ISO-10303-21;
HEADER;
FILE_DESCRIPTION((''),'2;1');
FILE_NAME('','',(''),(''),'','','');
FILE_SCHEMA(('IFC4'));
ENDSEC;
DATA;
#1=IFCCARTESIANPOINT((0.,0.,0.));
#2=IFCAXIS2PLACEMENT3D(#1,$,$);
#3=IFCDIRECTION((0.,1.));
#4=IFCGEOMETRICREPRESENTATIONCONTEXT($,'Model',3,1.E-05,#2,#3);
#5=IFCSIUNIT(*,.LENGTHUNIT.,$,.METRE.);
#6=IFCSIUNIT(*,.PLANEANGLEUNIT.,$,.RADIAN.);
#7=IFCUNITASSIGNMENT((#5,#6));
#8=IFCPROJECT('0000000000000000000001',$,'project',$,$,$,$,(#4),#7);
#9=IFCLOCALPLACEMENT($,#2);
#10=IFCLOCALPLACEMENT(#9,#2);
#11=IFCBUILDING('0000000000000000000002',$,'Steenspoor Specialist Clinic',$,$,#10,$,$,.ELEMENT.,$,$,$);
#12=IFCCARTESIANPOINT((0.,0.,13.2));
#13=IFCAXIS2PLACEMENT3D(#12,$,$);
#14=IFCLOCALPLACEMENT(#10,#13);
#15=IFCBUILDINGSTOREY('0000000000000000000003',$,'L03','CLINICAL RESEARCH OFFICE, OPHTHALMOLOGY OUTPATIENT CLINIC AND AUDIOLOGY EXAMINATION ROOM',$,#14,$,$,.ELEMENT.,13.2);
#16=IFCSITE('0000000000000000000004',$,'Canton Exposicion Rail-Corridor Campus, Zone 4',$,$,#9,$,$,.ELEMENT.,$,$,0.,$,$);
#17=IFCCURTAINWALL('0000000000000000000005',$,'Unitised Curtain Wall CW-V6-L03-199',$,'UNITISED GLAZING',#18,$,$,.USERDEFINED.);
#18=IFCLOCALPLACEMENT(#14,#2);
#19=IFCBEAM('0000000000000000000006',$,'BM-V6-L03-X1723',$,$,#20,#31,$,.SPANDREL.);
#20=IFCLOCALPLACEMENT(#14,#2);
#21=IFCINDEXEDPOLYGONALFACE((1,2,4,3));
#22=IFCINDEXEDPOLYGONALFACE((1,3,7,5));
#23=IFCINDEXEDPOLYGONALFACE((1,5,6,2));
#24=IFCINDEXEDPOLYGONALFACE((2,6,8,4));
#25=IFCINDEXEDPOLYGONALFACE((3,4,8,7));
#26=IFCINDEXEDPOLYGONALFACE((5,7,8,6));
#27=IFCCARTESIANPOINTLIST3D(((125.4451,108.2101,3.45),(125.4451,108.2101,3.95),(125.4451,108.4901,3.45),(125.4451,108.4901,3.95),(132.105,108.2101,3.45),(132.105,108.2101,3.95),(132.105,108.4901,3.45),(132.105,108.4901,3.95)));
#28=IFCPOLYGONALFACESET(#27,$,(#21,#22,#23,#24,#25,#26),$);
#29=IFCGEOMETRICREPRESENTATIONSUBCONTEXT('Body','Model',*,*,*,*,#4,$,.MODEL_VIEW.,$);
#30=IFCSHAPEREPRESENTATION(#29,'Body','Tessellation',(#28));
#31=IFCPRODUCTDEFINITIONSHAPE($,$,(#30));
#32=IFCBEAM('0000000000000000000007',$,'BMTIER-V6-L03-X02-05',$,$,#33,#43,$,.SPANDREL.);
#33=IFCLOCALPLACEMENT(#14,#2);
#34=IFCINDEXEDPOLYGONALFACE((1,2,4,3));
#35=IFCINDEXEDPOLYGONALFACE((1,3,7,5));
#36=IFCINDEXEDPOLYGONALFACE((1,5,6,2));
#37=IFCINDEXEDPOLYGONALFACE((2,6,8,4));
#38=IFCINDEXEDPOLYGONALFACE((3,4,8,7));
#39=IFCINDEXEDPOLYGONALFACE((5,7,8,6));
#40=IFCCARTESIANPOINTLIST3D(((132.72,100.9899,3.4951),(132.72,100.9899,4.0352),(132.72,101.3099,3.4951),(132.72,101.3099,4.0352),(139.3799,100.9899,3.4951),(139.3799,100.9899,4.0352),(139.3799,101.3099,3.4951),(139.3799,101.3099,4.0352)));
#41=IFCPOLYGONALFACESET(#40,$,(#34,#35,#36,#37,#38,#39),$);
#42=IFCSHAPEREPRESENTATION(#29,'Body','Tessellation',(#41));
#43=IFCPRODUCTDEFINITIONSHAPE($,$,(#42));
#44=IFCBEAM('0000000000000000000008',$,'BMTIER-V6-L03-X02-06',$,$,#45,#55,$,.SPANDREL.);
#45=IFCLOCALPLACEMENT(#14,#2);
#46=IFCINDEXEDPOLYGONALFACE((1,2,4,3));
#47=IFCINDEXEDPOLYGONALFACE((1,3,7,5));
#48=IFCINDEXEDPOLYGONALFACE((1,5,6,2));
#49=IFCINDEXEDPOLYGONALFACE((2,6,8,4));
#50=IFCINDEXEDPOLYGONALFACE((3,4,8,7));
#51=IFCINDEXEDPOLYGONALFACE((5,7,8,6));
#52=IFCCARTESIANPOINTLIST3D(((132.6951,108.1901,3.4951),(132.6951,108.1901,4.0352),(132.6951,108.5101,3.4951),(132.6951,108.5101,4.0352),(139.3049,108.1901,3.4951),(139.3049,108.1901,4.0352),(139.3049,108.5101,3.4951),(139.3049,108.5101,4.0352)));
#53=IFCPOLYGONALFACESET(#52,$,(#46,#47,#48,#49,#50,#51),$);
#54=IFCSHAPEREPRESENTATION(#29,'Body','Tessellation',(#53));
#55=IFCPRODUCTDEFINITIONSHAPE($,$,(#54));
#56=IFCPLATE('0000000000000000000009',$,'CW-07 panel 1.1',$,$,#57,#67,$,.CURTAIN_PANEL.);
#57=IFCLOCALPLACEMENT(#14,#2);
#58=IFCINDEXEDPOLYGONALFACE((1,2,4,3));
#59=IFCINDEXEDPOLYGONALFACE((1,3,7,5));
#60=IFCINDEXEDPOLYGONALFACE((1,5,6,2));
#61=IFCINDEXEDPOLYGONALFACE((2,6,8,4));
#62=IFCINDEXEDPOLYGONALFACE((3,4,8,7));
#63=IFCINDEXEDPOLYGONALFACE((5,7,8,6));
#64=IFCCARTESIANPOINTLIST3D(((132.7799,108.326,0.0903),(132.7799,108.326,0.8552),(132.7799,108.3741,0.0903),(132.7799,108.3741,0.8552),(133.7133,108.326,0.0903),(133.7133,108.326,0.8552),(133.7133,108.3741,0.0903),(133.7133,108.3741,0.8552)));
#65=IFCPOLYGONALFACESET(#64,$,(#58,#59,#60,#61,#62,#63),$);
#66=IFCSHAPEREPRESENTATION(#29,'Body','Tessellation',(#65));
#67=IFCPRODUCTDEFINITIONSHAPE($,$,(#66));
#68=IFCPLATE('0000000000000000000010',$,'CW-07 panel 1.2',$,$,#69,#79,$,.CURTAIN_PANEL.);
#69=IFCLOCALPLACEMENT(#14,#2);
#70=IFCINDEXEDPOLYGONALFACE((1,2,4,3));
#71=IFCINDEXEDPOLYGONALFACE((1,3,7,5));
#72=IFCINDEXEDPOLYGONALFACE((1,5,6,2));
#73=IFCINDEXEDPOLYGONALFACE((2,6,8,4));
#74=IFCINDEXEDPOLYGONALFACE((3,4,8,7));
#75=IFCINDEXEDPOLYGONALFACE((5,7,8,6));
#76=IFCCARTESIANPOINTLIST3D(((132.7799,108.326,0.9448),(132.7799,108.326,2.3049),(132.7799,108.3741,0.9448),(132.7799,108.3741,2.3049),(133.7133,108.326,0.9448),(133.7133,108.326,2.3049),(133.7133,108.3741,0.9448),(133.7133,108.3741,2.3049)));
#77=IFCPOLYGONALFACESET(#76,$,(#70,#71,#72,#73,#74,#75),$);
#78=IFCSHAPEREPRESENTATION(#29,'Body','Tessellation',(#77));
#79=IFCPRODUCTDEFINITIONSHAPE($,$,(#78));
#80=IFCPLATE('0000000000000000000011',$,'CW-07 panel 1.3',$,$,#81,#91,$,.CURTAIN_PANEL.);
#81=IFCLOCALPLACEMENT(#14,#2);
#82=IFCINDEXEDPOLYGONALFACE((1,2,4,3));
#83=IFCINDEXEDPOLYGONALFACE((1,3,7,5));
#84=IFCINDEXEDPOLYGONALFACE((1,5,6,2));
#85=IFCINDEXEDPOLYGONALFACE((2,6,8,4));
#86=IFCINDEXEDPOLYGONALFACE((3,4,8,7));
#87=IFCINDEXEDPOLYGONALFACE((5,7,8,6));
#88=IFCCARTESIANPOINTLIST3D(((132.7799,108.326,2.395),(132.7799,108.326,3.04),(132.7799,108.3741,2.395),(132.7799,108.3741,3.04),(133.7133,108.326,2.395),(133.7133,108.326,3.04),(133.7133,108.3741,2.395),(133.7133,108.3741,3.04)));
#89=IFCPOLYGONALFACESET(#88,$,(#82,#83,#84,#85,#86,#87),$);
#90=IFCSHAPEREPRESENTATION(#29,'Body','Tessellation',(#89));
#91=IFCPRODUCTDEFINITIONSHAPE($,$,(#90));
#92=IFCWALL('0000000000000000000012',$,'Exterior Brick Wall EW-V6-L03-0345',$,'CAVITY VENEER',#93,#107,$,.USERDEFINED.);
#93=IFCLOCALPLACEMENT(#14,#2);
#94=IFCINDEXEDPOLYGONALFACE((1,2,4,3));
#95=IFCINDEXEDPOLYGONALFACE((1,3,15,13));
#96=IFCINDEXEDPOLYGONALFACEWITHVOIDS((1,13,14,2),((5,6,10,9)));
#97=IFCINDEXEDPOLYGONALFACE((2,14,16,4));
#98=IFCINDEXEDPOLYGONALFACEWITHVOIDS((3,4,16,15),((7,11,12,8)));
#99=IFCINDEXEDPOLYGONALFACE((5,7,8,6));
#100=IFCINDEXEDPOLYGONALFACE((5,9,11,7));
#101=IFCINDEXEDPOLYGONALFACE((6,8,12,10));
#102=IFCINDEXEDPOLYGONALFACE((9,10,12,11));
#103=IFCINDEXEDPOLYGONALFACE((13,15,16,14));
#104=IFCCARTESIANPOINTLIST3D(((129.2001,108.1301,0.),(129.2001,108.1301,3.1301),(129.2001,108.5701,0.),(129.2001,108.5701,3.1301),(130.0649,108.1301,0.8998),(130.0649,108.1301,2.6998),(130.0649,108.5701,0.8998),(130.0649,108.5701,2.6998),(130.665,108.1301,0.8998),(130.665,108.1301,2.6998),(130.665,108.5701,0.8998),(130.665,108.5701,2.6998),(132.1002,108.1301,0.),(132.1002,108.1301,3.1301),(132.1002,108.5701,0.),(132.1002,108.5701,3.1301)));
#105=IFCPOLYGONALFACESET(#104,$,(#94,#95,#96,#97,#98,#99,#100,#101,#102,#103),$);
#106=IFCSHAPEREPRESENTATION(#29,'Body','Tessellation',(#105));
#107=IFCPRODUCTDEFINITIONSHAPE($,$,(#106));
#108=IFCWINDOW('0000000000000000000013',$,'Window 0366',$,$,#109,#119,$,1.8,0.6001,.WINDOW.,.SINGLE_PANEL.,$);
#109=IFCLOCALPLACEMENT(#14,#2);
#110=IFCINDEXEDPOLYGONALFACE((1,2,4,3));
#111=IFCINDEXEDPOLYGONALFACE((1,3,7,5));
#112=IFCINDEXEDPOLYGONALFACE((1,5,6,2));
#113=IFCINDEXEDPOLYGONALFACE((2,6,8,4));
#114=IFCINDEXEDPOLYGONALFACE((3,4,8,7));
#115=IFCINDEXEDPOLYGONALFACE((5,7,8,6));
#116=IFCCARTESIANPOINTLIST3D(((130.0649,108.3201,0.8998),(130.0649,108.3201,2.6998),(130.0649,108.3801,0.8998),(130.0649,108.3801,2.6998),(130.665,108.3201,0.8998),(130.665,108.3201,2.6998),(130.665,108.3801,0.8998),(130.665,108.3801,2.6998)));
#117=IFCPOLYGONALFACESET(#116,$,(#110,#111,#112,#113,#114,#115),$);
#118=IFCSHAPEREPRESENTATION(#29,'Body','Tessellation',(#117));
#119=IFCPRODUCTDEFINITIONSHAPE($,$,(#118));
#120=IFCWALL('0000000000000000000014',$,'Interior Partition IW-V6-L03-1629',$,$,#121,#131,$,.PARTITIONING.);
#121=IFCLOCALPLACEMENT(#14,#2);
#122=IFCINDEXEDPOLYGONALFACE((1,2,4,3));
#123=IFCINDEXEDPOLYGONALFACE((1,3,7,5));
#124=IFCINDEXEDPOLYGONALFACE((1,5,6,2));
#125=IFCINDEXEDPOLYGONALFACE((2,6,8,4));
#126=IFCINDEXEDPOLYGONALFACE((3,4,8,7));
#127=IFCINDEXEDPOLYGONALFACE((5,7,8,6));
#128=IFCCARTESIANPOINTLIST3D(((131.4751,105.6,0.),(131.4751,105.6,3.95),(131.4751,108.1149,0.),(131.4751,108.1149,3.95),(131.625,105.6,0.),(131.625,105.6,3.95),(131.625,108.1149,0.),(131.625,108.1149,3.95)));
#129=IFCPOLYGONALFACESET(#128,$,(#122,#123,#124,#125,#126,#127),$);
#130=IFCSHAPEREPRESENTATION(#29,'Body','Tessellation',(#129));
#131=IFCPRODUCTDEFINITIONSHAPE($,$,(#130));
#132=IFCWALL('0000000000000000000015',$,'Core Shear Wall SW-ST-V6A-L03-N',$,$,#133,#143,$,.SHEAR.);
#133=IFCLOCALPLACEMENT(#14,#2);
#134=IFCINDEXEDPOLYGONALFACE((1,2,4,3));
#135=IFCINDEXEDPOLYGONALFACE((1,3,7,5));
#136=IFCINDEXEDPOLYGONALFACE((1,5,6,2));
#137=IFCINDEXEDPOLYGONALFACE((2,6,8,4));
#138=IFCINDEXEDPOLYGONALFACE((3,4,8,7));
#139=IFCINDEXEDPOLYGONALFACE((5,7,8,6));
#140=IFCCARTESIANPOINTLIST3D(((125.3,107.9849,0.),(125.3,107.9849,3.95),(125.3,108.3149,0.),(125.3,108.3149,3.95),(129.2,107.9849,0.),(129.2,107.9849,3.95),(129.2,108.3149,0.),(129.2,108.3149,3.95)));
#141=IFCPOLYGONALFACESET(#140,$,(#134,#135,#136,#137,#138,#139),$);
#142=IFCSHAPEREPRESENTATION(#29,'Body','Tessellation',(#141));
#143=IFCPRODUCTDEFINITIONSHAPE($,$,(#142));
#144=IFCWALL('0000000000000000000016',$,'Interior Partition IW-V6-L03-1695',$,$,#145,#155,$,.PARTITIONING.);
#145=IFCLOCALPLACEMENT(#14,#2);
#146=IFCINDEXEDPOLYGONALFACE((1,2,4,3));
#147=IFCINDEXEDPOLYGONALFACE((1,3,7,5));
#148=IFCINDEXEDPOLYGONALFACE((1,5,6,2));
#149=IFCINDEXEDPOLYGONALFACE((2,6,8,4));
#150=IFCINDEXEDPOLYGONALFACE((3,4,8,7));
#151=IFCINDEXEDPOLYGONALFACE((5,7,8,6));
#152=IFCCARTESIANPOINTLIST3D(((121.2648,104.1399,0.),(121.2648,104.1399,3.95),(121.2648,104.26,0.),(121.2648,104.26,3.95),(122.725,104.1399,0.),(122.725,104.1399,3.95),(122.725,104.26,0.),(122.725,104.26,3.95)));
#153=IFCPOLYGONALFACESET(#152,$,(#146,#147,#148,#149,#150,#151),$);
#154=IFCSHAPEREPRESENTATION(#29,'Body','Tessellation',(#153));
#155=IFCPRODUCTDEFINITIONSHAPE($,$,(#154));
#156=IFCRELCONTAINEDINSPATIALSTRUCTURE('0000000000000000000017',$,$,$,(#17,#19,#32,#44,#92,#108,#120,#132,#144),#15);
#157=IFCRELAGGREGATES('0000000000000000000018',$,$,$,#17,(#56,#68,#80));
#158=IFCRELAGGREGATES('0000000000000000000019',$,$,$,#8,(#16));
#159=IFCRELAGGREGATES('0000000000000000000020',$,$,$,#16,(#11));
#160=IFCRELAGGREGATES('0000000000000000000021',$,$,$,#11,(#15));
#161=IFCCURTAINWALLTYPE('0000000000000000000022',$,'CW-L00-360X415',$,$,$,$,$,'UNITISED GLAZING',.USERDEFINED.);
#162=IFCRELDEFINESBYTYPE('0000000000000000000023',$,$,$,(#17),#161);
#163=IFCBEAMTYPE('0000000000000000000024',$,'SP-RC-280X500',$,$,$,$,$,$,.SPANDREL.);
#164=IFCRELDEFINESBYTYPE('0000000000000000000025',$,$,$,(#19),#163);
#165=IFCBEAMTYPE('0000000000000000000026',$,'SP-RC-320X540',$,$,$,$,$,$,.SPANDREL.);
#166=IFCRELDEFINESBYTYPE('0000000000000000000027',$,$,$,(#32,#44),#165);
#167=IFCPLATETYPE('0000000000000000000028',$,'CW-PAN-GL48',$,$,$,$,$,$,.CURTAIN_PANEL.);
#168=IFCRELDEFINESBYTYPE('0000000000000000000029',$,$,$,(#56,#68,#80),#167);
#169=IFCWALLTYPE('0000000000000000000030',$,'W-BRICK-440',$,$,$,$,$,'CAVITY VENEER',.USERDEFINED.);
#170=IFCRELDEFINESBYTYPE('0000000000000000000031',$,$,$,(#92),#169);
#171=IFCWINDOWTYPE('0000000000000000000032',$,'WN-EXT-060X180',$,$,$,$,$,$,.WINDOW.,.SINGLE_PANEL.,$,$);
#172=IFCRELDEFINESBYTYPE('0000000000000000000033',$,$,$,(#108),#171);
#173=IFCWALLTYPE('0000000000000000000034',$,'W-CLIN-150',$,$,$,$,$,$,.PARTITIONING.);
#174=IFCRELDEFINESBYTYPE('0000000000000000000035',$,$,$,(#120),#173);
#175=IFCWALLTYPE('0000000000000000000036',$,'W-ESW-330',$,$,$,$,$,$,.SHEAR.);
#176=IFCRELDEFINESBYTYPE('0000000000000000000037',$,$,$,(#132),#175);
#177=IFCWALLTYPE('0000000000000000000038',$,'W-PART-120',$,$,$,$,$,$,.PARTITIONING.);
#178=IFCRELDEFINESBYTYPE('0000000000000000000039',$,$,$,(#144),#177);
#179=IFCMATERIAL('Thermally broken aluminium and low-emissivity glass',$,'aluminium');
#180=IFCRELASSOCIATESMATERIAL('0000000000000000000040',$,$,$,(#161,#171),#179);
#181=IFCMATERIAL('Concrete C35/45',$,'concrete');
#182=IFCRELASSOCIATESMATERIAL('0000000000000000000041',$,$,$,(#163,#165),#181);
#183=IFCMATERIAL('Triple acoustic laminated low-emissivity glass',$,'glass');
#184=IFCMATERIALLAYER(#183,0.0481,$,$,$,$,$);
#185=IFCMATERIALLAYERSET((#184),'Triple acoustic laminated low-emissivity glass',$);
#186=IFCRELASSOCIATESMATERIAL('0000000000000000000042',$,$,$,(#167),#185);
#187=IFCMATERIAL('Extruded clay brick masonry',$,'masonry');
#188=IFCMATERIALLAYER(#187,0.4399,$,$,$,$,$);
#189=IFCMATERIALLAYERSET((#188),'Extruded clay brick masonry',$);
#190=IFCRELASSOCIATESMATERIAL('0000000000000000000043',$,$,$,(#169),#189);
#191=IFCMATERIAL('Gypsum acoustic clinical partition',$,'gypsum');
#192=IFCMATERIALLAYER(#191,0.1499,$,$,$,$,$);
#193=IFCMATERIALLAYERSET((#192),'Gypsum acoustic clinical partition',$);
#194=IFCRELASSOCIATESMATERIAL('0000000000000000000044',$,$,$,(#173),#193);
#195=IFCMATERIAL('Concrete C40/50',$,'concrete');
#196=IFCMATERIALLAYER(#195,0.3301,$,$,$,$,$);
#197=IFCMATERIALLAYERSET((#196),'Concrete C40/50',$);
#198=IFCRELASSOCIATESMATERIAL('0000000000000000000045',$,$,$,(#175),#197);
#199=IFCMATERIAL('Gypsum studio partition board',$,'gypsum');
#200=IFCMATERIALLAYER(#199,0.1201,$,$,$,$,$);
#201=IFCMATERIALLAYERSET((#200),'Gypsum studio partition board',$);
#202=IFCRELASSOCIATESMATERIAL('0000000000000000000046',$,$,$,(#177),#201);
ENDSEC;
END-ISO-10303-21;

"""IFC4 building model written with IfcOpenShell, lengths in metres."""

from ifc_helpers import new_model, si_unit, direction, frame, frame_2d, origin, origin_2d, place, context, subcontext, project, spatial, rectangle, extrude, material, layer, layer_set, material_profile, profile_set, type_object, element, fill, aggregate, save


model = new_model("IFC4")

# Units and contexts
model_context = context("Model", 3, precision=1e-05, world=origin(), true_north=direction((0.0, 1.0)))
body_context = subcontext(model_context, "Body", "Model", "MODEL_VIEW")
ifc_project = project(units=[si_unit("LENGTHUNIT", "METRE"), si_unit("PLANEANGLEUNIT", "RADIAN")], contexts=[model_context])

# Site, building, storey
site_placement = place(None, origin())
site = spatial("IfcSite", under=ifc_project, at=site_placement, Name="Canton Exposicion Rail-Corridor Campus, Zone 4", CompositionType="ELEMENT", RefElevation=0.0)
building_placement = place(site_placement, origin())
building = spatial("IfcBuilding", under=site, at=building_placement, Name="Steenspoor Specialist Clinic", CompositionType="ELEMENT")
storey_placement = place(building_placement, frame((0.0, 0.0, 13.2)))
storey = spatial("IfcBuildingStorey", under=building, at=storey_placement, Name="L03", Description="CLINICAL RESEARCH OFFICE, OPHTHALMOLOGY OUTPATIENT CLINIC AND AUDIOLOGY EXAMINATION ROOM", CompositionType="ELEMENT", Elevation=13.2)

# Shared definitions
ifc_material_1 = material(Name="Concrete C40/50", Category="concrete")

# Shared definitions
ifc_material_2 = material(Name="Concrete C35/45", Category="concrete")

# Curtain wall
ifc_material_3 = material(Name="Thermally broken aluminium and low-emissivity glass", Category="aluminium")
curtain_wall_type = type_object("IfcCurtainWallType", Name="CW-L00-360X415", ElementType="UNITISED GLAZING", PredefinedType="USERDEFINED", material=ifc_material_3)
curtain_wall_placement = place(storey_placement, origin())
curtain_wall = element("IfcCurtainWall", 1, at=curtain_wall_placement, inside=storey, type_object=curtain_wall_type, Name="Unitised Curtain Wall CW-V6-L03-199", ObjectType="UNITISED GLAZING", PredefinedType="USERDEFINED")

# Beams
ifc_material_profile_1 = material_profile(ifc_material_2, rectangle(XDim=0.28, YDim=0.5, at=origin_2d()), Name="RC-SP-280X500")
ifc_profile_set_1 = profile_set([ifc_material_profile_1], Name="Concrete C35/45")
beam_type_1 = type_object("IfcBeamType", Name="SP-RC-280X500", PredefinedType="SPANDREL", material=ifc_profile_set_1)
beam_1_placement = place(storey_placement, frame((125.4451, 108.3501, 3.7), z_axis=(1.0, 0.0, 0.0), x_axis=(0.0, 1.0, 0.0)))
element("IfcBeam", 2, at=beam_1_placement, inside=storey, type_object=beam_type_1, Name="BM-V6-L03-X1723", PredefinedType="SPANDREL", context=body_context, shape_type="SweptSolid", body=[
    extrude(rectangle(XDim=0.28, YDim=0.5, at=origin_2d()), origin(), (0.0, 0.0, 1.0), 6.6599),
])
ifc_material_profile_2 = material_profile(ifc_material_2, rectangle(XDim=0.3201, YDim=0.54, at=origin_2d()), Name="RC-SP-320X540")
ifc_profile_set_2 = profile_set([ifc_material_profile_2], Name="Concrete C35/45")
beam_type_2 = type_object("IfcBeamType", Name="SP-RC-320X540", PredefinedType="SPANDREL", material=ifc_profile_set_2)
beam_2_placement = place(storey_placement, frame((132.72, 101.1499, 3.7651), z_axis=(1.0, 0.0, 0.0), x_axis=(0.0, 1.0, 0.0)))
element("IfcBeam", 3, at=beam_2_placement, inside=storey, type_object=beam_type_2, Name="BMTIER-V6-L03-X02-05", PredefinedType="SPANDREL", context=body_context, shape_type="SweptSolid", body=[
    extrude(rectangle(XDim=0.3201, YDim=0.54, at=origin_2d()), origin(), (0.0, 0.0, 1.0), 6.6599),
])
beam_3_placement = place(storey_placement, frame((132.6951, 108.3501, 3.7651), z_axis=(1.0, 0.0, 0.0), x_axis=(0.0, 1.0, 0.0)))
element("IfcBeam", 4, at=beam_3_placement, inside=storey, type_object=beam_type_2, Name="BMTIER-V6-L03-X02-06", PredefinedType="SPANDREL", context=body_context, shape_type="SweptSolid", body=[
    extrude(rectangle(XDim=0.3201, YDim=0.54, at=origin_2d()), origin(), (0.0, 0.0, 1.0), 6.6099),
])

# Plates
ifc_material_4 = material(Name="Triple acoustic laminated low-emissivity glass", Category="glass")
ifc_layer_1 = layer(ifc_material_4, 0.0481)
ifc_layer_set_1 = layer_set([ifc_layer_1], Name="Triple acoustic laminated low-emissivity glass")
plate_type = type_object("IfcPlateType", Name="CW-PAN-GL48", PredefinedType="CURTAIN_PANEL", material=ifc_layer_set_1)
plate_1_placement = place(storey_placement, frame((133.2466, 108.3501, 0.0903), z_axis=(0.0, 0.0, 1.0), x_axis=(1.0, 0.0, 0.0)))
plate_1 = element("IfcPlate", 5, at=plate_1_placement, type_object=plate_type, Name="CW-07 panel 1.1", PredefinedType="CURTAIN_PANEL", context=body_context, shape_type="SweptSolid", body=[
    extrude(rectangle(XDim=0.9333, YDim=0.0481, at=origin_2d()), origin(), (0.0, 0.0, 1.0), 0.7649),
])
plate_2_placement = place(storey_placement, frame((133.2466, 108.3501, 0.9448), z_axis=(0.0, 0.0, 1.0), x_axis=(1.0, 0.0, 0.0)))
plate_2 = element("IfcPlate", 6, at=plate_2_placement, type_object=plate_type, Name="CW-07 panel 1.2", PredefinedType="CURTAIN_PANEL", context=body_context, shape_type="SweptSolid", body=[
    extrude(rectangle(XDim=0.9333, YDim=0.0481, at=origin_2d()), origin(), (0.0, 0.0, 1.0), 1.3601),
])
plate_3_placement = place(storey_placement, frame((133.2466, 108.3501, 2.395), z_axis=(0.0, 0.0, 1.0), x_axis=(1.0, 0.0, 0.0)))
plate_3 = element("IfcPlate", 7, at=plate_3_placement, type_object=plate_type, Name="CW-07 panel 1.3", PredefinedType="CURTAIN_PANEL", context=body_context, shape_type="SweptSolid", body=[
    extrude(rectangle(XDim=0.9333, YDim=0.0481, at=origin_2d()), origin(), (0.0, 0.0, 1.0), 0.645),
])
aggregate(curtain_wall, [plate_1, plate_2, plate_3])

# Wall, opening, window
ifc_material_5 = material(Name="Extruded clay brick masonry", Category="masonry")
ifc_layer_2 = layer(ifc_material_5, 0.4399)
ifc_layer_set_2 = layer_set([ifc_layer_2], Name="Extruded clay brick masonry")
wall_type_1 = type_object("IfcWallType", Name="W-BRICK-440", ElementType="CAVITY VENEER", PredefinedType="USERDEFINED", material=ifc_layer_set_2)
wall_1_placement = place(storey_placement, frame((129.2, 108.3501, 0.0), z_axis=(0.0, 0.0, 1.0), x_axis=(1.0, 0.0, 0.0)))
wall_1 = element("IfcWall", 8, at=wall_1_placement, inside=storey, type_object=wall_type_1, Name="Exterior Brick Wall EW-V6-L03-0345", ObjectType="CAVITY VENEER", PredefinedType="USERDEFINED", context=body_context, shape_type="SweptSolid", body=[
    extrude(rectangle(XDim=2.9001, YDim=0.4399, at=frame_2d((1.4502, 0.0))), origin(), (0.0, 0.0, 1.0), 3.1301),
])
opening_1_placement = place(wall_1_placement, frame((0.865, 0.0, 0.8999)))
opening_1 = element("IfcOpeningElement", 9, at=opening_1_placement, cuts=wall_1, PredefinedType="OPENING", context=body_context, shape_type="SweptSolid", body=[
    extrude(rectangle(XDim=0.6001, YDim=1.8, at=frame_2d((0.3, 0.8999))), frame((0.0, 0.23, 0.0), z_axis=(0.0, -1.0, 0.0), x_axis=(1.0, 0.0, 0.0)), (0.0, 0.0, 1.0), 0.46),
])
window_type_1 = type_object("IfcWindowType", Name="WN-EXT-060X180", PartitioningType="SINGLE_PANEL", PredefinedType="WINDOW", material=ifc_material_3)
window_1_placement = place(opening_1_placement, origin())
window_1 = element("IfcWindow", 10, at=window_1_placement, inside=storey, type_object=window_type_1, Name="Window 0366", OverallHeight=1.8, OverallWidth=0.6001, PartitioningType="SINGLE_PANEL", PredefinedType="WINDOW", context=body_context, shape_type="SweptSolid", body=[
    extrude(rectangle(XDim=0.6001, YDim=1.8, at=frame_2d((0.3, 0.8999))), frame((0.0, 0.03, 0.0), z_axis=(0.0, -1.0, 0.0), x_axis=(1.0, 0.0, 0.0)), (0.0, 0.0, 1.0), 0.0601),
])
fill(opening_1, window_1)

# Walls
ifc_material_6 = material(Name="Gypsum acoustic clinical partition", Category="gypsum")
ifc_layer_3 = layer(ifc_material_6, 0.1499)
ifc_layer_set_3 = layer_set([ifc_layer_3], Name="Gypsum acoustic clinical partition")
wall_type_2 = type_object("IfcWallType", Name="W-CLIN-150", PredefinedType="PARTITIONING", material=ifc_layer_set_3)
wall_2_placement = place(storey_placement, frame((131.55, 105.6001, 0.0), z_axis=(0.0, 0.0, 1.0), x_axis=(0.0, 1.0, 0.0)))
element("IfcWall", 11, at=wall_2_placement, inside=storey, type_object=wall_type_2, Name="Interior Partition IW-V6-L03-1629", PredefinedType="PARTITIONING", context=body_context, shape_type="SweptSolid", body=[
    extrude(rectangle(XDim=2.5149, YDim=0.1499, at=frame_2d((1.2573, 0.0))), origin(), (0.0, 0.0, 1.0), 3.95),
])
ifc_layer_4 = layer(ifc_material_1, 0.3301)
ifc_layer_set_4 = layer_set([ifc_layer_4], Name="Concrete C40/50")
wall_type_3 = type_object("IfcWallType", Name="W-ESW-330", PredefinedType="SHEAR", material=ifc_layer_set_4)
wall_3_placement = place(storey_placement, frame((125.3, 108.1499, 0.0), z_axis=(0.0, 0.0, 1.0), x_axis=(1.0, 0.0, 0.0)))
element("IfcWall", 12, at=wall_3_placement, inside=storey, type_object=wall_type_3, Name="Core Shear Wall SW-ST-V6A-L03-N", PredefinedType="SHEAR", context=body_context, shape_type="SweptSolid", body=[
    extrude(rectangle(XDim=3.8999, YDim=0.3301, at=frame_2d((1.95, 0.0))), origin(), (0.0, 0.0, 1.0), 3.95),
])
ifc_material_7 = material(Name="Gypsum studio partition board", Category="gypsum")
ifc_layer_5 = layer(ifc_material_7, 0.1201)
ifc_layer_set_5 = layer_set([ifc_layer_5], Name="Gypsum studio partition board")
wall_type_4 = type_object("IfcWallType", Name="W-PART-120", PredefinedType="PARTITIONING", material=ifc_layer_set_5)
wall_4_placement = place(storey_placement, frame((121.2649, 104.2, 0.0), z_axis=(0.0, 0.0, 1.0), x_axis=(1.0, 0.0, 0.0)))
element("IfcWall", 13, at=wall_4_placement, inside=storey, type_object=wall_type_4, Name="Interior Partition IW-V6-L03-1695", PredefinedType="PARTITIONING", context=body_context, shape_type="SweptSolid", body=[
    extrude(rectangle(XDim=1.4602, YDim=0.1201, at=frame_2d((0.73, 0.0))), origin(), (0.0, 0.0, 1.0), 3.95),
])

save(model, "model.ifc")
